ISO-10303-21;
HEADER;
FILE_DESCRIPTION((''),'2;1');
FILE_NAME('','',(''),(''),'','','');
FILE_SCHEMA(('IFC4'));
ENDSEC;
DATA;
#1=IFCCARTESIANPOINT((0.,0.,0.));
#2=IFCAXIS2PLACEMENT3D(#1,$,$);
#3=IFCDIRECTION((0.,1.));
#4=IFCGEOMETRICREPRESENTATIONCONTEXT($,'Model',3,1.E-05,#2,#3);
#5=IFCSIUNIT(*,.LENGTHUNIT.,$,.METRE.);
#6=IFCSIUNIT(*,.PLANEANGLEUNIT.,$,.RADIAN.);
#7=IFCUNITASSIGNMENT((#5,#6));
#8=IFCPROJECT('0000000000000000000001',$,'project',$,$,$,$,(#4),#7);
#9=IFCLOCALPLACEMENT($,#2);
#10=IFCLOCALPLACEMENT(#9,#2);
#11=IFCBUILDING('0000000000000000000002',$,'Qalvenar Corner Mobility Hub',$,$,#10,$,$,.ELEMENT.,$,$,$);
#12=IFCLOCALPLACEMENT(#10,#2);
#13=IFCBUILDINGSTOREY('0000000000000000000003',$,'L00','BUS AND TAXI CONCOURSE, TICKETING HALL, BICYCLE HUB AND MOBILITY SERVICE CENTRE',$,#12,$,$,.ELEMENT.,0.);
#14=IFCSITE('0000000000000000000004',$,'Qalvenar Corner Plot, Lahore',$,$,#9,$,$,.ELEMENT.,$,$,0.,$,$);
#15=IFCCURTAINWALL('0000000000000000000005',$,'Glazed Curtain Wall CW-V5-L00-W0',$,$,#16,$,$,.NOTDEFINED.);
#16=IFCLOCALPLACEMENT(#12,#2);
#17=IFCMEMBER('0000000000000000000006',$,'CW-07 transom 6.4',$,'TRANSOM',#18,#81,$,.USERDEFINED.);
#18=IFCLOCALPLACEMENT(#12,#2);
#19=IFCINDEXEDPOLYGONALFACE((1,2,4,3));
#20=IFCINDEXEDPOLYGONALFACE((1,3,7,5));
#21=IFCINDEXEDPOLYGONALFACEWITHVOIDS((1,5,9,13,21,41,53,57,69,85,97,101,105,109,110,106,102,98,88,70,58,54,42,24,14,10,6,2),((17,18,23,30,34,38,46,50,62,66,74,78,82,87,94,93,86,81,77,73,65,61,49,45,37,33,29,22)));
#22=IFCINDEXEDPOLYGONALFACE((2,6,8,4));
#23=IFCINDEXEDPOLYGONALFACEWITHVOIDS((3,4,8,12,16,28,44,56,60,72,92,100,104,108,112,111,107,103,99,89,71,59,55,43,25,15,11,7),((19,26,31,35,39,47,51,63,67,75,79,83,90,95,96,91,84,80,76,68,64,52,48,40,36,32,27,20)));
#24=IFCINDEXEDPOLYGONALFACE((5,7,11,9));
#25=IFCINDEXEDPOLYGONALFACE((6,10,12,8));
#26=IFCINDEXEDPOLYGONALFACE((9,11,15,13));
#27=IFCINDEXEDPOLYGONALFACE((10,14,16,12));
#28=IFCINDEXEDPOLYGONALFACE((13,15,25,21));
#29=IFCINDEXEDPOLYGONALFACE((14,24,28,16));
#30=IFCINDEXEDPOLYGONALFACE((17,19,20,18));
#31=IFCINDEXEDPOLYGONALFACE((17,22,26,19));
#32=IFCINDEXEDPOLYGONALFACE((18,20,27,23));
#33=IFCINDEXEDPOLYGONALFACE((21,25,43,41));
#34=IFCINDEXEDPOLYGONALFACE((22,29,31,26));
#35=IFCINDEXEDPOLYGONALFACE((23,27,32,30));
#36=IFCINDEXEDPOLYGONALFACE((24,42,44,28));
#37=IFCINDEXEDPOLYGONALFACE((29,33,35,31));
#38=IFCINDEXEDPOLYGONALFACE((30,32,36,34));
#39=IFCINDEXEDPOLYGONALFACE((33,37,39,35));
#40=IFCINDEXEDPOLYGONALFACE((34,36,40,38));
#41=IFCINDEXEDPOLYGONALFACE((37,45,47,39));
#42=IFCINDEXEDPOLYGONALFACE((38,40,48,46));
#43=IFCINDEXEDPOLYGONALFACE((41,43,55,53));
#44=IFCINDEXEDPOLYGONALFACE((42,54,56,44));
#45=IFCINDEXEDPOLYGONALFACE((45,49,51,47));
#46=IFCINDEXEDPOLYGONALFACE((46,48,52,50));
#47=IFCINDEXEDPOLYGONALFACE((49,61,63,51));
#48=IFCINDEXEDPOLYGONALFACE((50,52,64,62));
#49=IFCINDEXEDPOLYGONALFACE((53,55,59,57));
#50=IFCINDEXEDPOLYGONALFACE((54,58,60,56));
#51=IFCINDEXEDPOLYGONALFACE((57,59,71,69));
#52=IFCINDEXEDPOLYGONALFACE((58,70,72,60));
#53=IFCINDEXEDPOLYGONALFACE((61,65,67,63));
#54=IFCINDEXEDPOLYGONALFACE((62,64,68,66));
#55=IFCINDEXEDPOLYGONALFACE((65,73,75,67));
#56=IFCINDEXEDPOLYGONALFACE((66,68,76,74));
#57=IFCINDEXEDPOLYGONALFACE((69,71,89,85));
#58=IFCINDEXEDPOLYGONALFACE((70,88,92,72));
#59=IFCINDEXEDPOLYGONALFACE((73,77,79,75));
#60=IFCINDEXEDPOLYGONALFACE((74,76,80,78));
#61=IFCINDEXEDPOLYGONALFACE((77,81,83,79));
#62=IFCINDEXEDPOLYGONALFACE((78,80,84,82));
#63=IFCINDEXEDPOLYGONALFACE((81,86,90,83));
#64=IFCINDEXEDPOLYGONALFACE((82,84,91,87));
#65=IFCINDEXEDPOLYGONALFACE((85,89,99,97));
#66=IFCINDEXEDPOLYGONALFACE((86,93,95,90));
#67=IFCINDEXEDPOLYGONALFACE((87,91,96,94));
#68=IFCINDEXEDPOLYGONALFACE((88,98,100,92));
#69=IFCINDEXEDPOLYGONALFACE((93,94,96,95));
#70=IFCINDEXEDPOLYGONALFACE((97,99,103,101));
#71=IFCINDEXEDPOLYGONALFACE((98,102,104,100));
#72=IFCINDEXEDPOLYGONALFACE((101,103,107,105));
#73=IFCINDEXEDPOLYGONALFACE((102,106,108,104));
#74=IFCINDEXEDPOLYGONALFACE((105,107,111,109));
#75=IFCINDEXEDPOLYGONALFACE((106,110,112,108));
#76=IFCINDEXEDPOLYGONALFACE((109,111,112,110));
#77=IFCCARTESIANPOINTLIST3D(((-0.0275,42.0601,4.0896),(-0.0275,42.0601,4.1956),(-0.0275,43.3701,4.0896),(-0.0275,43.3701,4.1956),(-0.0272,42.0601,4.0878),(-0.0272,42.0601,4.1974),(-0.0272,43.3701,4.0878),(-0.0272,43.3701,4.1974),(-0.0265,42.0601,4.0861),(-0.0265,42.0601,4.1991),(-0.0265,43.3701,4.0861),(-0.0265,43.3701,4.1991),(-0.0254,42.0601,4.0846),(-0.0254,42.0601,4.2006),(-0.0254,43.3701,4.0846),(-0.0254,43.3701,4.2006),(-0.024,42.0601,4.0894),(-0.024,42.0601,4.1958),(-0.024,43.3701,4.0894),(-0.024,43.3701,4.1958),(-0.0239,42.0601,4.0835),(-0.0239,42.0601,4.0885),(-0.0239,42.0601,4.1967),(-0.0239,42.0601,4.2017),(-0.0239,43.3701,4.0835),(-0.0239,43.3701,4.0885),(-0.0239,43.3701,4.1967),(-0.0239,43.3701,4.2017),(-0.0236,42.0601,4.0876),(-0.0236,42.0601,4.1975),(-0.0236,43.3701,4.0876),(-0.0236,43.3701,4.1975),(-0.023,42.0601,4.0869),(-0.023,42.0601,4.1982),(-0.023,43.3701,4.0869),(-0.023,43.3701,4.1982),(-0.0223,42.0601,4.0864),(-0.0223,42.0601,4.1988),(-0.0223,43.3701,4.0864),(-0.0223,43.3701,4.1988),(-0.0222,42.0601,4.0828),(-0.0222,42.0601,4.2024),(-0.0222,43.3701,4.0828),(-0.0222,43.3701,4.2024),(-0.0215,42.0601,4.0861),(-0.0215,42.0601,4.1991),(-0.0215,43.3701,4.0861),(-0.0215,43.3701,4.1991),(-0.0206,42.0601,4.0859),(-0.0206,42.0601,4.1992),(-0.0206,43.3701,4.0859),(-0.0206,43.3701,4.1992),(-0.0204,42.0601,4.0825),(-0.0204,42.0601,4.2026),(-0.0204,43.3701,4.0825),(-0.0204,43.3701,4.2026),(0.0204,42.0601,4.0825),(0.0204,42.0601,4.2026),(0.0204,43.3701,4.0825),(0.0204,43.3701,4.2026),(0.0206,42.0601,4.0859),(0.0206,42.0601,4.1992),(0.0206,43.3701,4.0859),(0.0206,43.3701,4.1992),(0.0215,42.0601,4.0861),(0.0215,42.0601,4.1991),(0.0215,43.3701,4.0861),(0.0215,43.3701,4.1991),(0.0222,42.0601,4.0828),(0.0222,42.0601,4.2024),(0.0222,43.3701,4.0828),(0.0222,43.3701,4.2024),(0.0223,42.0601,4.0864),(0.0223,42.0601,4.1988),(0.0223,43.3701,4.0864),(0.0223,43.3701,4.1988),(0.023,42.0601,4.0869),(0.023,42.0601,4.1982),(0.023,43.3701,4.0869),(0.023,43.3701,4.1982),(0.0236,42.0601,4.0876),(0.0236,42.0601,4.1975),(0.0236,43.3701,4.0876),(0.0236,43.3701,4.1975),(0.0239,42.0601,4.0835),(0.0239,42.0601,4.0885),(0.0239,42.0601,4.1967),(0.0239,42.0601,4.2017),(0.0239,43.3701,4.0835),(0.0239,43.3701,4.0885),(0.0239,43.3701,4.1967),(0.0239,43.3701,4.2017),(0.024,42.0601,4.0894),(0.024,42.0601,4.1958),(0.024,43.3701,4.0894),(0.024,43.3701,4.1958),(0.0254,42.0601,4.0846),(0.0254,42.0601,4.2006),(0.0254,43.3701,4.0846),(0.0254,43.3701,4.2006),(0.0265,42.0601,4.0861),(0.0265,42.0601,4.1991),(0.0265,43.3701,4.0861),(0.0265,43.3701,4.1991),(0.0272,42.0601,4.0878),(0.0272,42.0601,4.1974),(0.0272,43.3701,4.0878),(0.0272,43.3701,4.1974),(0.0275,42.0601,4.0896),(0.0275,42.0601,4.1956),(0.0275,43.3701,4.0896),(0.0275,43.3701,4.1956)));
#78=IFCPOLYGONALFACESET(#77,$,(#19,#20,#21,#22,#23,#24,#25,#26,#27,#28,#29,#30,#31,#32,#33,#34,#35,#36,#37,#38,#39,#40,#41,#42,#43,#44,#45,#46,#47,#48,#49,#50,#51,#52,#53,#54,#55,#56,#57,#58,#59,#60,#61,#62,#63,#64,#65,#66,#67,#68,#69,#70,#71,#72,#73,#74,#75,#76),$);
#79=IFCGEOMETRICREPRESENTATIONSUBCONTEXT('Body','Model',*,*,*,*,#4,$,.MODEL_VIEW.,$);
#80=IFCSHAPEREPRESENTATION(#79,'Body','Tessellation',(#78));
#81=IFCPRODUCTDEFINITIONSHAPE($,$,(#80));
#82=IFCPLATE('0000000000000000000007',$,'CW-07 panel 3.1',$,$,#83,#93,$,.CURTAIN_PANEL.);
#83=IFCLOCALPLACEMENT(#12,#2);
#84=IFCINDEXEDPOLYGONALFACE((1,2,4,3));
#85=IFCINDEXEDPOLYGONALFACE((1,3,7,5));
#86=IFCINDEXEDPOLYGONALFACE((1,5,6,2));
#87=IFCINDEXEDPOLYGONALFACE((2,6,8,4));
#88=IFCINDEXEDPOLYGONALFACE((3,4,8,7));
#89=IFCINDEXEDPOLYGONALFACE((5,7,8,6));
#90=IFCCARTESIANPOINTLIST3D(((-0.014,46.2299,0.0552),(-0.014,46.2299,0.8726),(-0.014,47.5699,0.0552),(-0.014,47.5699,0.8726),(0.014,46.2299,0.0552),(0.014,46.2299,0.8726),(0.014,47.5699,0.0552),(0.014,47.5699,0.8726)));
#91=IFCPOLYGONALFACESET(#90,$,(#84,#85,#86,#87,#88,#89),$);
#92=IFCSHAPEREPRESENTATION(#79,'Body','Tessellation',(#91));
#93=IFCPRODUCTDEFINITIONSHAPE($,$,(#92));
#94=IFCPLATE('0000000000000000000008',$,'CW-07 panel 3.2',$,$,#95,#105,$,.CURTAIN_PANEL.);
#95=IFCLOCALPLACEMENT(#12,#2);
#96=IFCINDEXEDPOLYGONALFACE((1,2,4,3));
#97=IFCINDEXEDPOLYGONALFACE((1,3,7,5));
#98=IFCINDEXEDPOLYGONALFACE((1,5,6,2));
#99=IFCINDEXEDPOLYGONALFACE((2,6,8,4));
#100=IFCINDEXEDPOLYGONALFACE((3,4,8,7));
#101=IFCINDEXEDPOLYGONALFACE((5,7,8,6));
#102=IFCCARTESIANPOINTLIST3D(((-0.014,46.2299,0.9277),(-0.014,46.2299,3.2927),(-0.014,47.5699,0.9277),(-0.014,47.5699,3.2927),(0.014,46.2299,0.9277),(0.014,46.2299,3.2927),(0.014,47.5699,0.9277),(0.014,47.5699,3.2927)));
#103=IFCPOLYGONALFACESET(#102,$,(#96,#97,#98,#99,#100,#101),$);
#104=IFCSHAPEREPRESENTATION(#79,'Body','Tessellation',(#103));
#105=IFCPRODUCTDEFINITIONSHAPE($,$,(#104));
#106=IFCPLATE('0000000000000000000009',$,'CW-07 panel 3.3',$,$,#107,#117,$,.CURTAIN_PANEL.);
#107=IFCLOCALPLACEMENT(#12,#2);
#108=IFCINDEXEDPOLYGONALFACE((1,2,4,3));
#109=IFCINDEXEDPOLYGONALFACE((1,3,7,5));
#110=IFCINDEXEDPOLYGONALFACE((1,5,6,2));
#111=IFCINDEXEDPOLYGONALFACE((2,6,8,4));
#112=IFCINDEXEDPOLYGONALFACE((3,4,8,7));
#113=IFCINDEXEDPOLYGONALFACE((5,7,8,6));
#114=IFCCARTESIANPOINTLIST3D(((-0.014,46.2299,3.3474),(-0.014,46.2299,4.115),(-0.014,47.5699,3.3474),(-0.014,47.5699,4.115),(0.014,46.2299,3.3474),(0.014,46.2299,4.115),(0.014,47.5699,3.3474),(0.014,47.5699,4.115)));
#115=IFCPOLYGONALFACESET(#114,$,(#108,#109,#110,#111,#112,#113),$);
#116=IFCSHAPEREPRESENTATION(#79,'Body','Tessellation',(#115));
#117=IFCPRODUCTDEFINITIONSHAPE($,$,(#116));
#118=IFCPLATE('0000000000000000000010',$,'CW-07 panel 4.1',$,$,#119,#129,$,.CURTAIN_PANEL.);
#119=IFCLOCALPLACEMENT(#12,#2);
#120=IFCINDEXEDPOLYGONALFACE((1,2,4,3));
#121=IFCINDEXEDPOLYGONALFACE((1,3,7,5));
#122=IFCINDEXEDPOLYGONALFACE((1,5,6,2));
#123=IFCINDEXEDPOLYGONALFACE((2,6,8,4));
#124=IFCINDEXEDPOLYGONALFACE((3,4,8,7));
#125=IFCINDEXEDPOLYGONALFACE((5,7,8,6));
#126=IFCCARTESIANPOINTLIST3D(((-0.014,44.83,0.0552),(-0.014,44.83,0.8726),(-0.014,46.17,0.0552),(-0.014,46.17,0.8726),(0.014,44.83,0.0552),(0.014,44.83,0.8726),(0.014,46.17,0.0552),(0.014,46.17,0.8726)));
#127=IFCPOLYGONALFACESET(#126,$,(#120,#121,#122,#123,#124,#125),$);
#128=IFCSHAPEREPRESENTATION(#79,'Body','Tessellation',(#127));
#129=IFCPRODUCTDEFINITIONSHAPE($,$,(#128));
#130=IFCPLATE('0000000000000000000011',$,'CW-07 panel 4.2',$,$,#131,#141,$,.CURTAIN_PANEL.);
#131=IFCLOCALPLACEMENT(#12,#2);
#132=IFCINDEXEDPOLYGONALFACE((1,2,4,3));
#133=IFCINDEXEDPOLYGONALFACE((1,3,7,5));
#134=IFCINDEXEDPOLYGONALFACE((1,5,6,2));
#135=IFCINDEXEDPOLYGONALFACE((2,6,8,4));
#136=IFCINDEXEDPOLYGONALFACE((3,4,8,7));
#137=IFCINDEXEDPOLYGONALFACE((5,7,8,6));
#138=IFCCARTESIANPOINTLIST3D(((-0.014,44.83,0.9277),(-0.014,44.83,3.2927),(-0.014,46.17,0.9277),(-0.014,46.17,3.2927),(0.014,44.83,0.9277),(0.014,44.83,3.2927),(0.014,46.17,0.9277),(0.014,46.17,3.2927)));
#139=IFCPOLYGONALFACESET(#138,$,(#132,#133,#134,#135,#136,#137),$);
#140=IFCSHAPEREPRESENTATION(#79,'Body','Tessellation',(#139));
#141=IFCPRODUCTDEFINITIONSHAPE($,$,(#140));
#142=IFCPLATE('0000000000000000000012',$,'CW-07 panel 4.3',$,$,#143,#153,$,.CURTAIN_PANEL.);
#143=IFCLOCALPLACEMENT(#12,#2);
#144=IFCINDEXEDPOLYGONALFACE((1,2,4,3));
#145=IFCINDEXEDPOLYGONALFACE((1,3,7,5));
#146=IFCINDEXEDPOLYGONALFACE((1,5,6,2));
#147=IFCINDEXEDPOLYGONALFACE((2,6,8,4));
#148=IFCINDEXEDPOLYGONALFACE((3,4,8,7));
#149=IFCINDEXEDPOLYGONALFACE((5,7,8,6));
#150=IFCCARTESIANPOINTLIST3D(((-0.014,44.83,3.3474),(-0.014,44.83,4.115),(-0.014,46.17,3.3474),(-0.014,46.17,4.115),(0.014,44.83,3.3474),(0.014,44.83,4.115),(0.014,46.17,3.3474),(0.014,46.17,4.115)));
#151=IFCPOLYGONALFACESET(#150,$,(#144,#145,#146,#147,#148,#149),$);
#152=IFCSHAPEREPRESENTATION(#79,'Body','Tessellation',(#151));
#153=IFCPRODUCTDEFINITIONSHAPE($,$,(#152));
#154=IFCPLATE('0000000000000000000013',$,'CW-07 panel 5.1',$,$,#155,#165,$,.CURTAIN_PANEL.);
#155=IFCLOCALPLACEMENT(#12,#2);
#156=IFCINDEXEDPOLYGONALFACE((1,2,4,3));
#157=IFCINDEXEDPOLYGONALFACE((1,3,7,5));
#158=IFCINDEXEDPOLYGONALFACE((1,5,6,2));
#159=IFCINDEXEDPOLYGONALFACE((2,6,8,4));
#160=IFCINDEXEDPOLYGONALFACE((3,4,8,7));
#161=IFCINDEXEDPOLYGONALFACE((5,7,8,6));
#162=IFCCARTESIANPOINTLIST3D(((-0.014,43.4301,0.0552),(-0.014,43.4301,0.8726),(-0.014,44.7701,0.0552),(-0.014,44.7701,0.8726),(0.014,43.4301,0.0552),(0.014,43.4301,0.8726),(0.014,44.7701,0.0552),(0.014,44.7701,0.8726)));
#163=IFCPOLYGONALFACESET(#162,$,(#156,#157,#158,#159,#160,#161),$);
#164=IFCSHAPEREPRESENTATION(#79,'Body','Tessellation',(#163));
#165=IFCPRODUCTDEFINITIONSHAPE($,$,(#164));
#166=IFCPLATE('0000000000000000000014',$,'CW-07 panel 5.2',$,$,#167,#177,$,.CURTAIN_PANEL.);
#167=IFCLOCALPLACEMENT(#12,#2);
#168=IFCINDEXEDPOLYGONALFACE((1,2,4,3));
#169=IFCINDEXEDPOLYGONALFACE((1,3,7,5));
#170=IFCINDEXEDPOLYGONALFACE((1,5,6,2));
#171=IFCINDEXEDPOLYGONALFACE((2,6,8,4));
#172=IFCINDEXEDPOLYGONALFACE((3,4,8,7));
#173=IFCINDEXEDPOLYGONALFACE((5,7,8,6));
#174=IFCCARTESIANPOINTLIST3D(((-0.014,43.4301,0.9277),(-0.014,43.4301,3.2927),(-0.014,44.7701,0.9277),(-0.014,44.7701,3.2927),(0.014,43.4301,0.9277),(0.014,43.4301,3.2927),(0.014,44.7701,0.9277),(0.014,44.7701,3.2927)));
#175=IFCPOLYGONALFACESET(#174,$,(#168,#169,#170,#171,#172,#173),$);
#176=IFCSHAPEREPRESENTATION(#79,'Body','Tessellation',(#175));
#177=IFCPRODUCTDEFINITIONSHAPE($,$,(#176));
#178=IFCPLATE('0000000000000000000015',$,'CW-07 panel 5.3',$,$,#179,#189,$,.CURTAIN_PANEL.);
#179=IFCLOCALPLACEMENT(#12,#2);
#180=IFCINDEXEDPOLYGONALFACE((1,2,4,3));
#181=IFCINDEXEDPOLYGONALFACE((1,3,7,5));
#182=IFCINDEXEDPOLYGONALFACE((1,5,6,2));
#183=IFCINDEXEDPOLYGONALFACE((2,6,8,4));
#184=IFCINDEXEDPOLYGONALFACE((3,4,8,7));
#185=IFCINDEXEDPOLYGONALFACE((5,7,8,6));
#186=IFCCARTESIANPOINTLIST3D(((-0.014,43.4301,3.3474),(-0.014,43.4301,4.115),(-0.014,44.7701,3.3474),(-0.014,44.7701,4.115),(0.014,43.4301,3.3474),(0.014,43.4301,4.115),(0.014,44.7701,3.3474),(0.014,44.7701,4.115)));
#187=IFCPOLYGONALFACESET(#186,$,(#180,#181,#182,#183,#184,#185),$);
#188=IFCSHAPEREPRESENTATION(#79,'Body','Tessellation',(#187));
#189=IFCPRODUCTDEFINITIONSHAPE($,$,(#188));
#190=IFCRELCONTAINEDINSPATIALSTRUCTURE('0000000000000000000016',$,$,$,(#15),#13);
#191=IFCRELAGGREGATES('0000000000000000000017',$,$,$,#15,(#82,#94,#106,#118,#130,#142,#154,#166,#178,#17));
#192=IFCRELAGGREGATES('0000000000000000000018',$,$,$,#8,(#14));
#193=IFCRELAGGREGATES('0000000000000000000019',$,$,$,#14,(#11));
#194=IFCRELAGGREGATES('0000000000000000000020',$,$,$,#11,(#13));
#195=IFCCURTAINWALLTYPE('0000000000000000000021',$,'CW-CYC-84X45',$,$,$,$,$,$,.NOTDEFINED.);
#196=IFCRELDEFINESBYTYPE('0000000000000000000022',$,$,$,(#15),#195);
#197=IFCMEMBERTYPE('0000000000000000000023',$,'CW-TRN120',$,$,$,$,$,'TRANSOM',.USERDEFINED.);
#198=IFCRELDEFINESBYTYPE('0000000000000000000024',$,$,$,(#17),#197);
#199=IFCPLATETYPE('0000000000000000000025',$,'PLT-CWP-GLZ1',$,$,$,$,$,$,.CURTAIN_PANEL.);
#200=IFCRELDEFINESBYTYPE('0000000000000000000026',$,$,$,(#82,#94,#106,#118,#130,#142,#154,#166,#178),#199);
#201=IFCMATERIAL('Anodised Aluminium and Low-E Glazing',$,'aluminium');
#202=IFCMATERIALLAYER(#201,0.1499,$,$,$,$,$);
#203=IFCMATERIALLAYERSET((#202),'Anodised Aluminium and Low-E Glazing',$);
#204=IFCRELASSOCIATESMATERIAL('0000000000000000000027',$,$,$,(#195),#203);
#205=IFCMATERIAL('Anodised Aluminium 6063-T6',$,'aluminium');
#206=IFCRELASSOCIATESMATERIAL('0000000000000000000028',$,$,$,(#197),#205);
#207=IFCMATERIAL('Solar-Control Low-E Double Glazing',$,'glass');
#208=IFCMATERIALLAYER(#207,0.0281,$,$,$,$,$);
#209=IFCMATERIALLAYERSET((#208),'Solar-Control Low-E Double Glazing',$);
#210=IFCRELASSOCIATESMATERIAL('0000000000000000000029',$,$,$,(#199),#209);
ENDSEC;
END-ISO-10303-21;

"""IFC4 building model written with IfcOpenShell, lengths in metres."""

from ifc_helpers import new_model, si_unit, direction, frame, origin, origin_2d, place, context, subcontext, project, spatial, rectangle, hollow_rectangle, extrude, material, layer, layer_set, material_profile, profile_set, type_object, element, aggregate, save


model = new_model("IFC4")

# Units and contexts
model_context = context("Model", 3, precision=1e-05, world=origin(), true_north=direction((0.0, 1.0)))
body_context = subcontext(model_context, "Body", "Model", "MODEL_VIEW")
ifc_project = project(units=[si_unit("LENGTHUNIT", "METRE"), si_unit("PLANEANGLEUNIT", "RADIAN")], contexts=[model_context])

# Site, building, storey
site_placement = place(None, origin())
site = spatial("IfcSite", under=ifc_project, at=site_placement, Name="Qalvenar Corner Plot, Lahore", CompositionType="ELEMENT", RefElevation=0.0)
building_placement = place(site_placement, origin())
building = spatial("IfcBuilding", under=site, at=building_placement, Name="Qalvenar Corner Mobility Hub", CompositionType="ELEMENT")
storey_placement = place(building_placement, origin())
storey = spatial("IfcBuildingStorey", under=building, at=storey_placement, Name="L00", Description="BUS AND TAXI CONCOURSE, TICKETING HALL, BICYCLE HUB AND MOBILITY SERVICE CENTRE", CompositionType="ELEMENT", Elevation=0.0)

# Curtain wall, member, plates
ifc_material_1 = material(Name="Anodised Aluminium and Low-E Glazing", Category="aluminium")
ifc_layer_1 = layer(ifc_material_1, 0.1499)
ifc_layer_set_1 = layer_set([ifc_layer_1], Name="Anodised Aluminium and Low-E Glazing")
curtain_wall_type = type_object("IfcCurtainWallType", Name="CW-CYC-84X45", PredefinedType="NOTDEFINED", material=ifc_layer_set_1)
curtain_wall_placement = place(storey_placement, origin())
curtain_wall = element("IfcCurtainWall", 1, at=curtain_wall_placement, inside=storey, type_object=curtain_wall_type, Name="Glazed Curtain Wall CW-V5-L00-W0", PredefinedType="NOTDEFINED")
ifc_material_2 = material(Name="Anodised Aluminium 6063-T6", Category="aluminium")
ifc_material_profile_1 = material_profile(ifc_material_2, hollow_rectangle(XDim=0.0549, YDim=0.1201, WallThickness=0.0034, InnerFilletRadius=0.0034, OuterFilletRadius=0.0071, at=origin_2d()), Name="RHS120x55x3.5")
ifc_profile_set_1 = profile_set([ifc_material_profile_1], Name="Anodised Aluminium 6063-T6")
member_type_1 = type_object("IfcMemberType", Name="CW-TRN120", ElementType="TRANSOM", PredefinedType="USERDEFINED", material=ifc_profile_set_1)
member_1_placement = place(storey_placement, frame((0.0, 43.3701, 4.1426), z_axis=(0.0, -1.0, 0.0), x_axis=(1.0, 0.0, 0.0)))
member_1 = element("IfcMember", 2, at=member_1_placement, type_object=member_type_1, Name="CW-07 transom 6.4", ObjectType="TRANSOM", PredefinedType="USERDEFINED", context=body_context, shape_type="SweptSolid", body=[
    extrude(hollow_rectangle(XDim=0.0549, YDim=0.1201, WallThickness=0.0034, InnerFilletRadius=0.0034, OuterFilletRadius=0.0071, at=origin_2d()), origin(), (0.0, 0.0, 1.0), 1.3101),
])
ifc_material_3 = material(Name="Solar-Control Low-E Double Glazing", Category="glass")
ifc_layer_2 = layer(ifc_material_3, 0.0281)
ifc_layer_set_2 = layer_set([ifc_layer_2], Name="Solar-Control Low-E Double Glazing")
plate_type = type_object("IfcPlateType", Name="PLT-CWP-GLZ1", PredefinedType="CURTAIN_PANEL", material=ifc_layer_set_2)
plate_1_placement = place(storey_placement, frame((0.0, 46.8999, 0.0552), z_axis=(0.0, 0.0, 1.0), x_axis=(0.0, -1.0, 0.0)))
plate_1 = element("IfcPlate", 3, at=plate_1_placement, type_object=plate_type, Name="CW-07 panel 3.1", PredefinedType="CURTAIN_PANEL", context=body_context, shape_type="SweptSolid", body=[
    extrude(rectangle(XDim=1.3401, YDim=0.0281, at=origin_2d()), origin(), (0.0, 0.0, 1.0), 0.8174),
])
plate_2_placement = place(storey_placement, frame((0.0, 46.8999, 0.9277), z_axis=(0.0, 0.0, 1.0), x_axis=(0.0, -1.0, 0.0)))
plate_2 = element("IfcPlate", 4, at=plate_2_placement, type_object=plate_type, Name="CW-07 panel 3.2", PredefinedType="CURTAIN_PANEL", context=body_context, shape_type="SweptSolid", body=[
    extrude(rectangle(XDim=1.3401, YDim=0.0281, at=origin_2d()), origin(), (0.0, 0.0, 1.0), 2.365),
])
plate_3_placement = place(storey_placement, frame((0.0, 46.8999, 3.3474), z_axis=(0.0, 0.0, 1.0), x_axis=(0.0, -1.0, 0.0)))
plate_3 = element("IfcPlate", 5, at=plate_3_placement, type_object=plate_type, Name="CW-07 panel 3.3", PredefinedType="CURTAIN_PANEL", context=body_context, shape_type="SweptSolid", body=[
    extrude(rectangle(XDim=1.3401, YDim=0.0281, at=origin_2d()), origin(), (0.0, 0.0, 1.0), 0.7676),
])
plate_4_placement = place(storey_placement, frame((0.0, 45.5, 0.0552), z_axis=(0.0, 0.0, 1.0), x_axis=(0.0, -1.0, 0.0)))
plate_4 = element("IfcPlate", 6, at=plate_4_placement, type_object=plate_type, Name="CW-07 panel 4.1", PredefinedType="CURTAIN_PANEL", context=body_context, shape_type="SweptSolid", body=[
    extrude(rectangle(XDim=1.3401, YDim=0.0281, at=origin_2d()), origin(), (0.0, 0.0, 1.0), 0.8174),
])
plate_5_placement = place(storey_placement, frame((0.0, 45.5, 0.9277), z_axis=(0.0, 0.0, 1.0), x_axis=(0.0, -1.0, 0.0)))
plate_5 = element("IfcPlate", 7, at=plate_5_placement, type_object=plate_type, Name="CW-07 panel 4.2", PredefinedType="CURTAIN_PANEL", context=body_context, shape_type="SweptSolid", body=[
    extrude(rectangle(XDim=1.3401, YDim=0.0281, at=origin_2d()), origin(), (0.0, 0.0, 1.0), 2.365),
])
plate_6_placement = place(storey_placement, frame((0.0, 45.5, 3.3474), z_axis=(0.0, 0.0, 1.0), x_axis=(0.0, -1.0, 0.0)))
plate_6 = element("IfcPlate", 8, at=plate_6_placement, type_object=plate_type, Name="CW-07 panel 4.3", PredefinedType="CURTAIN_PANEL", context=body_context, shape_type="SweptSolid", body=[
    extrude(rectangle(XDim=1.3401, YDim=0.0281, at=origin_2d()), origin(), (0.0, 0.0, 1.0), 0.7676),
])
plate_7_placement = place(storey_placement, frame((0.0, 44.1001, 0.0552), z_axis=(0.0, 0.0, 1.0), x_axis=(0.0, -1.0, 0.0)))
plate_7 = element("IfcPlate", 9, at=plate_7_placement, type_object=plate_type, Name="CW-07 panel 5.1", PredefinedType="CURTAIN_PANEL", context=body_context, shape_type="SweptSolid", body=[
    extrude(rectangle(XDim=1.3401, YDim=0.0281, at=origin_2d()), origin(), (0.0, 0.0, 1.0), 0.8174),
])
plate_8_placement = place(storey_placement, frame((0.0, 44.1001, 0.9277), z_axis=(0.0, 0.0, 1.0), x_axis=(0.0, -1.0, 0.0)))
plate_8 = element("IfcPlate", 10, at=plate_8_placement, type_object=plate_type, Name="CW-07 panel 5.2", PredefinedType="CURTAIN_PANEL", context=body_context, shape_type="SweptSolid", body=[
    extrude(rectangle(XDim=1.3401, YDim=0.0281, at=origin_2d()), origin(), (0.0, 0.0, 1.0), 2.365),
])
plate_9_placement = place(storey_placement, frame((0.0, 44.1001, 3.3474), z_axis=(0.0, 0.0, 1.0), x_axis=(0.0, -1.0, 0.0)))
plate_9 = element("IfcPlate", 11, at=plate_9_placement, type_object=plate_type, Name="CW-07 panel 5.3", PredefinedType="CURTAIN_PANEL", context=body_context, shape_type="SweptSolid", body=[
    extrude(rectangle(XDim=1.3401, YDim=0.0281, at=origin_2d()), origin(), (0.0, 0.0, 1.0), 0.7676),
])
aggregate(curtain_wall, [plate_1, plate_2, plate_3, plate_4, plate_5, plate_6, plate_7, plate_8, plate_9, member_1])

save(model, "model.ifc")
